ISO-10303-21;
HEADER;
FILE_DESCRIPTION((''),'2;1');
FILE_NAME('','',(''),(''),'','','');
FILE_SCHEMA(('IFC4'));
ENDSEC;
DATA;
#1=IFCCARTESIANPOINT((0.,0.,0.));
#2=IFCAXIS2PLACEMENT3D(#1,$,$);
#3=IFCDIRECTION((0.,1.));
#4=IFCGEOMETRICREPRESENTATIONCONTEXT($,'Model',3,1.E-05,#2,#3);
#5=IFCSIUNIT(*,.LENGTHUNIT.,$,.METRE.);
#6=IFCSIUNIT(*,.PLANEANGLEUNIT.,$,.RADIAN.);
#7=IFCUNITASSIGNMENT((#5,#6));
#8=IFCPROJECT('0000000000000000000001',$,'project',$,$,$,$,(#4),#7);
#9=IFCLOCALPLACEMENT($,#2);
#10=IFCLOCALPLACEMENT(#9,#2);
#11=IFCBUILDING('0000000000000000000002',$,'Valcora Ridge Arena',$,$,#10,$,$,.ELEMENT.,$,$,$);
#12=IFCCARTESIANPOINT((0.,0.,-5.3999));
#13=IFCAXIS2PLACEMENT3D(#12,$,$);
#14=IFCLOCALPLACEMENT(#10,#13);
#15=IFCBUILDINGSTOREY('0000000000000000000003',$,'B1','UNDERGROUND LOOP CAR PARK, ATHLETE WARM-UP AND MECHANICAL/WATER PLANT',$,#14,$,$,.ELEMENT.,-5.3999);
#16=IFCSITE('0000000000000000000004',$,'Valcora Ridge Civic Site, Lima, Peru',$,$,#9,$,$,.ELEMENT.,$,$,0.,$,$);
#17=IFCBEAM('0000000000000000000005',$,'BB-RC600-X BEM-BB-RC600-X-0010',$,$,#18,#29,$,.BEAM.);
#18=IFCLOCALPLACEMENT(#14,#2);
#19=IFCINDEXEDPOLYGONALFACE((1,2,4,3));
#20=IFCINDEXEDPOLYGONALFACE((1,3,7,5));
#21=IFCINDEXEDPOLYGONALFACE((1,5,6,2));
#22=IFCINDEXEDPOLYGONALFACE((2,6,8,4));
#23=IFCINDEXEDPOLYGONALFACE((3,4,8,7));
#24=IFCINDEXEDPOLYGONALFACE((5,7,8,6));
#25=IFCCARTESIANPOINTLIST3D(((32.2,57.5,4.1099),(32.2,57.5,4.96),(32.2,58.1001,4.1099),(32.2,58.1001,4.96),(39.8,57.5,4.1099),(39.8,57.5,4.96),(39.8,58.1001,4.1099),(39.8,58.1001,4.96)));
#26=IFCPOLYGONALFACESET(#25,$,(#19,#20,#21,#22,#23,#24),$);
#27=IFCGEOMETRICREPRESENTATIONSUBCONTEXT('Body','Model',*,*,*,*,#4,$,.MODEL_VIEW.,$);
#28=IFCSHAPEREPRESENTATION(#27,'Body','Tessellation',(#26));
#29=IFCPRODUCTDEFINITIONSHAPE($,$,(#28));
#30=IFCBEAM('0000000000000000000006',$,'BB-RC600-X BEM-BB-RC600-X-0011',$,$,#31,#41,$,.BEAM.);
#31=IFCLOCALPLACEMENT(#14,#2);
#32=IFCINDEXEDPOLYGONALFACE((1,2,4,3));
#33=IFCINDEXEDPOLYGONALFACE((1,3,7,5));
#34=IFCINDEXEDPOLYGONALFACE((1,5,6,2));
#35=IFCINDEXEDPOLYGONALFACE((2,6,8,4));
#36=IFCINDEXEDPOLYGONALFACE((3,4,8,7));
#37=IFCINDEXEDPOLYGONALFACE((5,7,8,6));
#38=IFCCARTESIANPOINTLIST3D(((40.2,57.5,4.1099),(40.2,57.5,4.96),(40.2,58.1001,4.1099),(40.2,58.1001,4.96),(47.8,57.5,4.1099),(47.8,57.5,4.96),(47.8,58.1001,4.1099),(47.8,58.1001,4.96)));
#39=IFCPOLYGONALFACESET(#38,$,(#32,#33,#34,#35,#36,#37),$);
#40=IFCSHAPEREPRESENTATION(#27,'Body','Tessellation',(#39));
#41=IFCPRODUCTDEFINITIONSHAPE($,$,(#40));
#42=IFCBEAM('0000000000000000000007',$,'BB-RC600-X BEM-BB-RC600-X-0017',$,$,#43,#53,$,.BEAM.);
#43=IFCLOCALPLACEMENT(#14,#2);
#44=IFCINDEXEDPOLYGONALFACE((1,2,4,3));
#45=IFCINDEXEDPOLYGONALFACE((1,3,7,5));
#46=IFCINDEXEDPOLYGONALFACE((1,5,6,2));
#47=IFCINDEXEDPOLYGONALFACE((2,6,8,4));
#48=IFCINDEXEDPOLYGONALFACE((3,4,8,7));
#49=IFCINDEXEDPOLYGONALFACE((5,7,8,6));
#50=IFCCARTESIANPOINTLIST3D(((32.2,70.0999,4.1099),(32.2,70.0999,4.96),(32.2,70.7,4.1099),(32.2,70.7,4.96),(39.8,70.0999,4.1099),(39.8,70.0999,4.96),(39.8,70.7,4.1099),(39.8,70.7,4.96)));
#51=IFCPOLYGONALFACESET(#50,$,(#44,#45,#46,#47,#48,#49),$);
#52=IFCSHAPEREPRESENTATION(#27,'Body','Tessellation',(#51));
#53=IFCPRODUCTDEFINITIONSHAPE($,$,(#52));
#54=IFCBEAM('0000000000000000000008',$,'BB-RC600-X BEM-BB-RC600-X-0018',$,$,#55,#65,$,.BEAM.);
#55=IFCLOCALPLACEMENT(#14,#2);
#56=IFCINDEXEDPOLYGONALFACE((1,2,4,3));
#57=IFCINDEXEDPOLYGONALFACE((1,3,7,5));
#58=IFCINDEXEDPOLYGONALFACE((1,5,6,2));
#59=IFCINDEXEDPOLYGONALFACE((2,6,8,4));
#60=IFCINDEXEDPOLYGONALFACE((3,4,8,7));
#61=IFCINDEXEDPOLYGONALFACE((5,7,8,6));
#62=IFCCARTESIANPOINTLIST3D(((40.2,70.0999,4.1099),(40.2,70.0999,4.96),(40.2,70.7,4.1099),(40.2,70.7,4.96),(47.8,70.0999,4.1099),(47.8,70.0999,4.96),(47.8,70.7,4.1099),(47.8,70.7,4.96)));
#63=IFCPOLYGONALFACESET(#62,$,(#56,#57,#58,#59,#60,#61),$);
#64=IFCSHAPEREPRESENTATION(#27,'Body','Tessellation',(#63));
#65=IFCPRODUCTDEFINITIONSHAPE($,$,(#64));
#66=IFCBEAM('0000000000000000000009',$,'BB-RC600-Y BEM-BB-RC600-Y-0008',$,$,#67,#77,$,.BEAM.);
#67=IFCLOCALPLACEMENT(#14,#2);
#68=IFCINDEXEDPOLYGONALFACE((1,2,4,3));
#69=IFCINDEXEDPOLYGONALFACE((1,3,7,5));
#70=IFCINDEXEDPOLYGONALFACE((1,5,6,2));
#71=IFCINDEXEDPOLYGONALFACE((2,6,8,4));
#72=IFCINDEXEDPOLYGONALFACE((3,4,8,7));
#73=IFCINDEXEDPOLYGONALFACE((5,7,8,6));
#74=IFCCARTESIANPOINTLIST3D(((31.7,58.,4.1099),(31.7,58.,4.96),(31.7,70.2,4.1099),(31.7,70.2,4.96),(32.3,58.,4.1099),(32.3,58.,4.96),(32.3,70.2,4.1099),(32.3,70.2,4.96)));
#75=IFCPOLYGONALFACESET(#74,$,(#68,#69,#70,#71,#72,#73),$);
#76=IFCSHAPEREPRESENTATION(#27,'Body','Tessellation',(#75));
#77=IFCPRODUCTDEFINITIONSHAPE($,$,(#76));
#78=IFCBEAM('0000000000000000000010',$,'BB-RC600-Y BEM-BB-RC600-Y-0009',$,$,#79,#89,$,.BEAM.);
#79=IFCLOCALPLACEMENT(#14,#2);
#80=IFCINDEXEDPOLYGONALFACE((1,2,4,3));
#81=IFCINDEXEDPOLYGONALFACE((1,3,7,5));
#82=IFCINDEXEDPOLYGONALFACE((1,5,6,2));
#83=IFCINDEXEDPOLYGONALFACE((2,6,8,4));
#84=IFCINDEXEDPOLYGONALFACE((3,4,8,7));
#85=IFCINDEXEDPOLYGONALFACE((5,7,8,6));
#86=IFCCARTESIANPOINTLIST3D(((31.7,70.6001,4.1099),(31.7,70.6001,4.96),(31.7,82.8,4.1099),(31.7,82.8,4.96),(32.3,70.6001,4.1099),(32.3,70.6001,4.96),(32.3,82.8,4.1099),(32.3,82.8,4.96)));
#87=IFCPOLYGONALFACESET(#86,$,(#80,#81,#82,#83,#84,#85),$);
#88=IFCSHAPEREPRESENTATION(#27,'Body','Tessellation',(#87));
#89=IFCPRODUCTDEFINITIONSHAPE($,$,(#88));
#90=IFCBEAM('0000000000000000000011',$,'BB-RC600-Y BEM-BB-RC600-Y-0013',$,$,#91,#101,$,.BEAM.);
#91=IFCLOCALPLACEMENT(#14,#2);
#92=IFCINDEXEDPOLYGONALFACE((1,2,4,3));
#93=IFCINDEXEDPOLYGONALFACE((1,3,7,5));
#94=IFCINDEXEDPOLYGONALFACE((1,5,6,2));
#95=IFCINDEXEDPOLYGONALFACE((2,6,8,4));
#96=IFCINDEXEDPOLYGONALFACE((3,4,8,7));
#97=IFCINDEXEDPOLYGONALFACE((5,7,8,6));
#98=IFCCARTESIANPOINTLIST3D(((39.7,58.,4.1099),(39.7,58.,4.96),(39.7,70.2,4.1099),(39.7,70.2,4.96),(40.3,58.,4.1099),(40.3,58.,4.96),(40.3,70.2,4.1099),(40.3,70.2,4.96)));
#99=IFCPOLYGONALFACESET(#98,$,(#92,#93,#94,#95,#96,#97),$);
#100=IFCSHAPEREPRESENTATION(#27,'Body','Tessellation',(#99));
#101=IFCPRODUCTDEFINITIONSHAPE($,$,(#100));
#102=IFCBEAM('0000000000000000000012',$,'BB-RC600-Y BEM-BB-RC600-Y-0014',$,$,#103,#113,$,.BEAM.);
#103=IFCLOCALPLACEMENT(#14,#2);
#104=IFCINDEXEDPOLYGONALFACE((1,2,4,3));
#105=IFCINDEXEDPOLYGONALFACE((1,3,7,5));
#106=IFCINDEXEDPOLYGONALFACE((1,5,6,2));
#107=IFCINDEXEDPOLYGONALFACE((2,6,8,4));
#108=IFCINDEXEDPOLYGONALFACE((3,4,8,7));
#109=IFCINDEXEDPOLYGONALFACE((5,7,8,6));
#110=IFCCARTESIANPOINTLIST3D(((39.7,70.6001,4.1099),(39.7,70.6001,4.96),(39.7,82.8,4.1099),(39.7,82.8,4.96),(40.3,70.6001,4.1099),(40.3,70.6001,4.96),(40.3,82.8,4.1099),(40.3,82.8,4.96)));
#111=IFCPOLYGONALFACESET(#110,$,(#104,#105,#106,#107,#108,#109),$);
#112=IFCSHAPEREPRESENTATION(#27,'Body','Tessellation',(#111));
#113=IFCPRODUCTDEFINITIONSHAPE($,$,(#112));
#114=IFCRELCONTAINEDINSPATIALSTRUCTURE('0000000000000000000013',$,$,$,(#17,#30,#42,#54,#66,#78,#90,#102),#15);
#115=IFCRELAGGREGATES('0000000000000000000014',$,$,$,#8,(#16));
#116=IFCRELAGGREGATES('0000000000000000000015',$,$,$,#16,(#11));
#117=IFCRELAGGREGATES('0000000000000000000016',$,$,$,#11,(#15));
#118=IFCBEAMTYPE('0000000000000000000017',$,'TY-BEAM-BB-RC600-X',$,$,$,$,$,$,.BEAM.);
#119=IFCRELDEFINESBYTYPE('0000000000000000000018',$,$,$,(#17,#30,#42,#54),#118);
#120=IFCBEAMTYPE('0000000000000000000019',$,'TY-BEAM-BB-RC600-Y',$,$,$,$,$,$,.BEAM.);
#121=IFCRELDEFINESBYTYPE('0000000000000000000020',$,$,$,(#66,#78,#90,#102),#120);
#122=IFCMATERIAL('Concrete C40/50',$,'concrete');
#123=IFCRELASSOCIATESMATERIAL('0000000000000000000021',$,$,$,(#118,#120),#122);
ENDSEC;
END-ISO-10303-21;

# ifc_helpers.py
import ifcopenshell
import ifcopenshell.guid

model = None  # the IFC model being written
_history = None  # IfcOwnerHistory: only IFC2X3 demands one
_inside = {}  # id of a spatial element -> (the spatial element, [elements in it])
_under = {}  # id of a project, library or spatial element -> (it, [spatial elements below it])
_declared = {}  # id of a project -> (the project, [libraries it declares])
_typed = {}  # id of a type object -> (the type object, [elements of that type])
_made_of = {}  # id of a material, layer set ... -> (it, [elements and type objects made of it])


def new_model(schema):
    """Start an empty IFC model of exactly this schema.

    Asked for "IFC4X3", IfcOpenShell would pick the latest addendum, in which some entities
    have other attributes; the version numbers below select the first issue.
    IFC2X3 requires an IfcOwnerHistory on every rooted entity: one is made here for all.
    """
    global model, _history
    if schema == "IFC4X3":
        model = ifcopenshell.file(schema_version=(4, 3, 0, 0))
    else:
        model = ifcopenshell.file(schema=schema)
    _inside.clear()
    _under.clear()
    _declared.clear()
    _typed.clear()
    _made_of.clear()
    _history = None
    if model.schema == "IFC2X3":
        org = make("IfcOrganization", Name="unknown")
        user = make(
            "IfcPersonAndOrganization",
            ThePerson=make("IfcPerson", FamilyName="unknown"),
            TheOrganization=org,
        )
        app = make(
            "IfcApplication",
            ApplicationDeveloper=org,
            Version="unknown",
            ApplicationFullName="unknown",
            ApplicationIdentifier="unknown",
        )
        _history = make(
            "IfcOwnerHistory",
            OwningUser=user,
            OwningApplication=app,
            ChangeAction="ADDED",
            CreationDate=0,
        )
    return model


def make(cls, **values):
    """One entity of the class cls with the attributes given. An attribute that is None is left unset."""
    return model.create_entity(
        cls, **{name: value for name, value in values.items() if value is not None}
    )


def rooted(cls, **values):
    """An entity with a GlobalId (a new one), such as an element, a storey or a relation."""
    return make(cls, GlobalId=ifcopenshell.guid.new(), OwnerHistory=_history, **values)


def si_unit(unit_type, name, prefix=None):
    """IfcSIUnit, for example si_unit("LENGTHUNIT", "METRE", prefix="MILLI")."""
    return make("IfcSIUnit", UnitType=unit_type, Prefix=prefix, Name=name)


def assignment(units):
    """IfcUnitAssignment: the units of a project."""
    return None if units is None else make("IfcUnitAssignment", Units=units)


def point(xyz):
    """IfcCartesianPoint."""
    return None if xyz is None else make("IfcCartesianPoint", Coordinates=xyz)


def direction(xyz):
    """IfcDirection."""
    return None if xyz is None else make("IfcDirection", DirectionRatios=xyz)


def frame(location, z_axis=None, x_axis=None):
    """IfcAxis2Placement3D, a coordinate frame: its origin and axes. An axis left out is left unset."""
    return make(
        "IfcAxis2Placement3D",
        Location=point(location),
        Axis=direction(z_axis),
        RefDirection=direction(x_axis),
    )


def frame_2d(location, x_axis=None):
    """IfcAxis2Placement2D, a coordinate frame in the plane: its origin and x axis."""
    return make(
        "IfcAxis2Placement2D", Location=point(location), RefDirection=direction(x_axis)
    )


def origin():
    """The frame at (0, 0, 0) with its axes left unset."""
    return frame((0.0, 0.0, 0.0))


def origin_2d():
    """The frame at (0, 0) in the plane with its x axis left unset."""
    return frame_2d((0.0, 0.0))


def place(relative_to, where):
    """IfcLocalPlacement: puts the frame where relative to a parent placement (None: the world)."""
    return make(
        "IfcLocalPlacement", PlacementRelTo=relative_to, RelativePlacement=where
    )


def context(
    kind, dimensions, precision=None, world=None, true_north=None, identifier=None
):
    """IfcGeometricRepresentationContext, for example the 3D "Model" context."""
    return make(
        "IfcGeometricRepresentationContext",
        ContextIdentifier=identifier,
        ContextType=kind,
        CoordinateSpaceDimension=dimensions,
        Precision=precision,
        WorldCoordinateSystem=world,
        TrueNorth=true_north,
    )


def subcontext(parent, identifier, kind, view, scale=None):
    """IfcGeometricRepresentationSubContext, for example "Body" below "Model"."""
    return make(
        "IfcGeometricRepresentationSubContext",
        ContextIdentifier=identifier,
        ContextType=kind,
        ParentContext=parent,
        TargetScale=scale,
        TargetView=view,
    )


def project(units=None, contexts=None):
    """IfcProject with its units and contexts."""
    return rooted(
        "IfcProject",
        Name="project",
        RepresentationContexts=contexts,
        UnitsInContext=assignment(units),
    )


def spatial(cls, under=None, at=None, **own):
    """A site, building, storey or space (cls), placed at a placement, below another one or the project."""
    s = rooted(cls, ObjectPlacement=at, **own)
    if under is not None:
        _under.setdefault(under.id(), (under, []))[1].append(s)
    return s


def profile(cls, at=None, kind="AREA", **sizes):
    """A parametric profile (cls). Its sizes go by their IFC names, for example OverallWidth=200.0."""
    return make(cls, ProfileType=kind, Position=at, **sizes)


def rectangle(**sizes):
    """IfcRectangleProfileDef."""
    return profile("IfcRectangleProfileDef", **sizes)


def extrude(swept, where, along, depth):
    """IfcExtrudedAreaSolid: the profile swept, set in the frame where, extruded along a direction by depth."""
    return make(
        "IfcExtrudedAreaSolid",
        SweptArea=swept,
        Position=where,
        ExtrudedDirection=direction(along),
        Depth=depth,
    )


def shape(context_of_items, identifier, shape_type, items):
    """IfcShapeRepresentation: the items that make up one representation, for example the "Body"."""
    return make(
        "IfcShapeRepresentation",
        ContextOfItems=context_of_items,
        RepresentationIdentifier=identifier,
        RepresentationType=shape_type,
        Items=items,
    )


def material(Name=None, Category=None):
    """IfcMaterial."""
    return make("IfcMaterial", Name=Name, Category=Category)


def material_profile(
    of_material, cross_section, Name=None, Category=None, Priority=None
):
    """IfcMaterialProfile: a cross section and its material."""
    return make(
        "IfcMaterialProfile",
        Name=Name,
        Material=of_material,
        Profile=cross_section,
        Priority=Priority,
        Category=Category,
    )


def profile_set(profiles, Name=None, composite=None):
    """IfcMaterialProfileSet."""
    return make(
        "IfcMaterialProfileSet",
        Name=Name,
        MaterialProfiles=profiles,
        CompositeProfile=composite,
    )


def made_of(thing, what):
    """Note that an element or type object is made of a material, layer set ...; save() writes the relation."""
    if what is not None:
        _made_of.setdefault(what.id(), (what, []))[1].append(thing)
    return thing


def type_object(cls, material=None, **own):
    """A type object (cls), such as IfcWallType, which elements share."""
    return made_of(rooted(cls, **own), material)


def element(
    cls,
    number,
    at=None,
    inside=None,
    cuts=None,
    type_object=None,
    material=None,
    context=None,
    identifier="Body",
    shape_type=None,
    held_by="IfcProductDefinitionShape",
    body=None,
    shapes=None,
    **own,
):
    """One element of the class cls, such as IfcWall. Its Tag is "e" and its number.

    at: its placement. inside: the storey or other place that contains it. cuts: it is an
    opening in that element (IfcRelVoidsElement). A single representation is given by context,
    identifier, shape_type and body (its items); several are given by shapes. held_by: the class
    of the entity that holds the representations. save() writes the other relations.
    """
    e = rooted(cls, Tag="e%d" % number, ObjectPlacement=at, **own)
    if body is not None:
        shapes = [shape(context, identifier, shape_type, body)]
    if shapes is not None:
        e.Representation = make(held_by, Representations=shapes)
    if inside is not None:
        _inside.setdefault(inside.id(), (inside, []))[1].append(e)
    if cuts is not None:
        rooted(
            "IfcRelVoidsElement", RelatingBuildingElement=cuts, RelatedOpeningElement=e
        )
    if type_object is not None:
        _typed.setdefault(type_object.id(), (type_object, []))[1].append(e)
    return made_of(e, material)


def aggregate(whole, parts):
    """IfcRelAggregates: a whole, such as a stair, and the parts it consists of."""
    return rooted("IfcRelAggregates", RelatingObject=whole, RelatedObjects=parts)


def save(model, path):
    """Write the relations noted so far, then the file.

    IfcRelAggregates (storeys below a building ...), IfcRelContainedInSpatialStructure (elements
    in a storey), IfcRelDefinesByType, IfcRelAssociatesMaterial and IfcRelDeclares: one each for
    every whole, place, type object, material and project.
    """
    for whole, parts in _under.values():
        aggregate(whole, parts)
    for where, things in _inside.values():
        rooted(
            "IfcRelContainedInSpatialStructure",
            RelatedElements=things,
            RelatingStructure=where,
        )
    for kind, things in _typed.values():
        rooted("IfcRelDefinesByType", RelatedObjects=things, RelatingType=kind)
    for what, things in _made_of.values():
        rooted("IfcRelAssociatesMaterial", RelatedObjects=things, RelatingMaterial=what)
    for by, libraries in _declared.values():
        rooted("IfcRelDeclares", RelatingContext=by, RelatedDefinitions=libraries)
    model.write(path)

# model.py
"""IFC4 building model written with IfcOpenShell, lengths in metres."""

from ifc_helpers import new_model, si_unit, direction, frame, origin, origin_2d, place, context, subcontext, project, spatial, rectangle, extrude, material, material_profile, profile_set, type_object, element, save


model = new_model("IFC4")

# Units and contexts
model_context = context("Model", 3, precision=1e-05, world=origin(), true_north=direction((0.0, 1.0)))
body_context = subcontext(model_context, "Body", "Model", "MODEL_VIEW")
ifc_project = project(units=[si_unit("LENGTHUNIT", "METRE"), si_unit("PLANEANGLEUNIT", "RADIAN")], contexts=[model_context])

# Site, building, storey
site_placement = place(None, origin())
site = spatial("IfcSite", under=ifc_project, at=site_placement, Name="Valcora Ridge Civic Site, Lima, Peru", CompositionType="ELEMENT", RefElevation=0.0)
building_placement = place(site_placement, origin())
building = spatial("IfcBuilding", under=site, at=building_placement, Name="Valcora Ridge Arena", CompositionType="ELEMENT")
storey_placement = place(building_placement, frame((0.0, 0.0, -5.3999)))
storey = spatial("IfcBuildingStorey", under=building, at=storey_placement, Name="B1", Description="UNDERGROUND LOOP CAR PARK, ATHLETE WARM-UP AND MECHANICAL/WATER PLANT", CompositionType="ELEMENT", Elevation=-5.3999)

# Shared definitions
ifc_material_1 = material(Name="Concrete C40/50", Category="concrete")

# Beams
ifc_material_profile_1 = material_profile(ifc_material_1, rectangle(XDim=0.6001, YDim=0.8501, at=origin_2d()), Name="RC 600x850")
ifc_profile_set_1 = profile_set([ifc_material_profile_1], Name="Concrete C40/50")
beam_type_1 = type_object("IfcBeamType", Name="TY-BEAM-BB-RC600-X", PredefinedType="BEAM", material=ifc_profile_set_1)
for number, where, z_axis, x_axis, name in (
    (1, (32.2, 57.8, 4.5349), (1.0, 0.0, 0.0), (0.0, 1.0, 0.0), "BB-RC600-X BEM-BB-RC600-X-0010"),
    (2, (40.2, 57.8, 4.5349), (1.0, 0.0, 0.0), (0.0, 1.0, 0.0), "BB-RC600-X BEM-BB-RC600-X-0011"),
    (3, (32.2, 70.3999, 4.5349), (1.0, 0.0, 0.0), (0.0, 1.0, 0.0), "BB-RC600-X BEM-BB-RC600-X-0017"),
    (4, (40.2, 70.3999, 4.5349), (1.0, 0.0, 0.0), (0.0, 1.0, 0.0), "BB-RC600-X BEM-BB-RC600-X-0018"),
):
    element("IfcBeam", number, at=place(storey_placement, frame(where, z_axis=z_axis, x_axis=x_axis)), inside=storey, type_object=beam_type_1, Name=name, PredefinedType="BEAM", context=body_context, shape_type="SweptSolid", body=[
        extrude(rectangle(XDim=0.6001, YDim=0.8501, at=origin_2d()), origin(), (0.0, 0.0, 1.0), 7.6001),
    ])
ifc_material_profile_2 = material_profile(ifc_material_1, rectangle(XDim=0.6001, YDim=0.8501, at=origin_2d()), Name="RC 600x850")
ifc_profile_set_2 = profile_set([ifc_material_profile_2], Name="Concrete C40/50")
beam_type_2 = type_object("IfcBeamType", Name="TY-BEAM-BB-RC600-Y", PredefinedType="BEAM", material=ifc_profile_set_2)
for number, where, z_axis, x_axis, name in (
    (5, (32.0, 58.0, 4.5349), (0.0, 1.0, 0.0), (-1.0, 0.0, 0.0), "BB-RC600-Y BEM-BB-RC600-Y-0008"),
    (6, (32.0, 70.6001, 4.5349), (0.0, 1.0, 0.0), (-1.0, 0.0, 0.0), "BB-RC600-Y BEM-BB-RC600-Y-0009"),
    (7, (40.0, 58.0, 4.5349), (0.0, 1.0, 0.0), (-1.0, 0.0, 0.0), "BB-RC600-Y BEM-BB-RC600-Y-0013"),
    (8, (40.0, 70.6001, 4.5349), (0.0, 1.0, 0.0), (-1.0, 0.0, 0.0), "BB-RC600-Y BEM-BB-RC600-Y-0014"),
):
    element("IfcBeam", number, at=place(storey_placement, frame(where, z_axis=z_axis, x_axis=x_axis)), inside=storey, type_object=beam_type_2, Name=name, PredefinedType="BEAM", context=body_context, shape_type="SweptSolid", body=[
        extrude(rectangle(XDim=0.6001, YDim=0.8501, at=origin_2d()), origin(), (0.0, 0.0, 1.0), 12.2),
    ])

save(model, "model.ifc")
